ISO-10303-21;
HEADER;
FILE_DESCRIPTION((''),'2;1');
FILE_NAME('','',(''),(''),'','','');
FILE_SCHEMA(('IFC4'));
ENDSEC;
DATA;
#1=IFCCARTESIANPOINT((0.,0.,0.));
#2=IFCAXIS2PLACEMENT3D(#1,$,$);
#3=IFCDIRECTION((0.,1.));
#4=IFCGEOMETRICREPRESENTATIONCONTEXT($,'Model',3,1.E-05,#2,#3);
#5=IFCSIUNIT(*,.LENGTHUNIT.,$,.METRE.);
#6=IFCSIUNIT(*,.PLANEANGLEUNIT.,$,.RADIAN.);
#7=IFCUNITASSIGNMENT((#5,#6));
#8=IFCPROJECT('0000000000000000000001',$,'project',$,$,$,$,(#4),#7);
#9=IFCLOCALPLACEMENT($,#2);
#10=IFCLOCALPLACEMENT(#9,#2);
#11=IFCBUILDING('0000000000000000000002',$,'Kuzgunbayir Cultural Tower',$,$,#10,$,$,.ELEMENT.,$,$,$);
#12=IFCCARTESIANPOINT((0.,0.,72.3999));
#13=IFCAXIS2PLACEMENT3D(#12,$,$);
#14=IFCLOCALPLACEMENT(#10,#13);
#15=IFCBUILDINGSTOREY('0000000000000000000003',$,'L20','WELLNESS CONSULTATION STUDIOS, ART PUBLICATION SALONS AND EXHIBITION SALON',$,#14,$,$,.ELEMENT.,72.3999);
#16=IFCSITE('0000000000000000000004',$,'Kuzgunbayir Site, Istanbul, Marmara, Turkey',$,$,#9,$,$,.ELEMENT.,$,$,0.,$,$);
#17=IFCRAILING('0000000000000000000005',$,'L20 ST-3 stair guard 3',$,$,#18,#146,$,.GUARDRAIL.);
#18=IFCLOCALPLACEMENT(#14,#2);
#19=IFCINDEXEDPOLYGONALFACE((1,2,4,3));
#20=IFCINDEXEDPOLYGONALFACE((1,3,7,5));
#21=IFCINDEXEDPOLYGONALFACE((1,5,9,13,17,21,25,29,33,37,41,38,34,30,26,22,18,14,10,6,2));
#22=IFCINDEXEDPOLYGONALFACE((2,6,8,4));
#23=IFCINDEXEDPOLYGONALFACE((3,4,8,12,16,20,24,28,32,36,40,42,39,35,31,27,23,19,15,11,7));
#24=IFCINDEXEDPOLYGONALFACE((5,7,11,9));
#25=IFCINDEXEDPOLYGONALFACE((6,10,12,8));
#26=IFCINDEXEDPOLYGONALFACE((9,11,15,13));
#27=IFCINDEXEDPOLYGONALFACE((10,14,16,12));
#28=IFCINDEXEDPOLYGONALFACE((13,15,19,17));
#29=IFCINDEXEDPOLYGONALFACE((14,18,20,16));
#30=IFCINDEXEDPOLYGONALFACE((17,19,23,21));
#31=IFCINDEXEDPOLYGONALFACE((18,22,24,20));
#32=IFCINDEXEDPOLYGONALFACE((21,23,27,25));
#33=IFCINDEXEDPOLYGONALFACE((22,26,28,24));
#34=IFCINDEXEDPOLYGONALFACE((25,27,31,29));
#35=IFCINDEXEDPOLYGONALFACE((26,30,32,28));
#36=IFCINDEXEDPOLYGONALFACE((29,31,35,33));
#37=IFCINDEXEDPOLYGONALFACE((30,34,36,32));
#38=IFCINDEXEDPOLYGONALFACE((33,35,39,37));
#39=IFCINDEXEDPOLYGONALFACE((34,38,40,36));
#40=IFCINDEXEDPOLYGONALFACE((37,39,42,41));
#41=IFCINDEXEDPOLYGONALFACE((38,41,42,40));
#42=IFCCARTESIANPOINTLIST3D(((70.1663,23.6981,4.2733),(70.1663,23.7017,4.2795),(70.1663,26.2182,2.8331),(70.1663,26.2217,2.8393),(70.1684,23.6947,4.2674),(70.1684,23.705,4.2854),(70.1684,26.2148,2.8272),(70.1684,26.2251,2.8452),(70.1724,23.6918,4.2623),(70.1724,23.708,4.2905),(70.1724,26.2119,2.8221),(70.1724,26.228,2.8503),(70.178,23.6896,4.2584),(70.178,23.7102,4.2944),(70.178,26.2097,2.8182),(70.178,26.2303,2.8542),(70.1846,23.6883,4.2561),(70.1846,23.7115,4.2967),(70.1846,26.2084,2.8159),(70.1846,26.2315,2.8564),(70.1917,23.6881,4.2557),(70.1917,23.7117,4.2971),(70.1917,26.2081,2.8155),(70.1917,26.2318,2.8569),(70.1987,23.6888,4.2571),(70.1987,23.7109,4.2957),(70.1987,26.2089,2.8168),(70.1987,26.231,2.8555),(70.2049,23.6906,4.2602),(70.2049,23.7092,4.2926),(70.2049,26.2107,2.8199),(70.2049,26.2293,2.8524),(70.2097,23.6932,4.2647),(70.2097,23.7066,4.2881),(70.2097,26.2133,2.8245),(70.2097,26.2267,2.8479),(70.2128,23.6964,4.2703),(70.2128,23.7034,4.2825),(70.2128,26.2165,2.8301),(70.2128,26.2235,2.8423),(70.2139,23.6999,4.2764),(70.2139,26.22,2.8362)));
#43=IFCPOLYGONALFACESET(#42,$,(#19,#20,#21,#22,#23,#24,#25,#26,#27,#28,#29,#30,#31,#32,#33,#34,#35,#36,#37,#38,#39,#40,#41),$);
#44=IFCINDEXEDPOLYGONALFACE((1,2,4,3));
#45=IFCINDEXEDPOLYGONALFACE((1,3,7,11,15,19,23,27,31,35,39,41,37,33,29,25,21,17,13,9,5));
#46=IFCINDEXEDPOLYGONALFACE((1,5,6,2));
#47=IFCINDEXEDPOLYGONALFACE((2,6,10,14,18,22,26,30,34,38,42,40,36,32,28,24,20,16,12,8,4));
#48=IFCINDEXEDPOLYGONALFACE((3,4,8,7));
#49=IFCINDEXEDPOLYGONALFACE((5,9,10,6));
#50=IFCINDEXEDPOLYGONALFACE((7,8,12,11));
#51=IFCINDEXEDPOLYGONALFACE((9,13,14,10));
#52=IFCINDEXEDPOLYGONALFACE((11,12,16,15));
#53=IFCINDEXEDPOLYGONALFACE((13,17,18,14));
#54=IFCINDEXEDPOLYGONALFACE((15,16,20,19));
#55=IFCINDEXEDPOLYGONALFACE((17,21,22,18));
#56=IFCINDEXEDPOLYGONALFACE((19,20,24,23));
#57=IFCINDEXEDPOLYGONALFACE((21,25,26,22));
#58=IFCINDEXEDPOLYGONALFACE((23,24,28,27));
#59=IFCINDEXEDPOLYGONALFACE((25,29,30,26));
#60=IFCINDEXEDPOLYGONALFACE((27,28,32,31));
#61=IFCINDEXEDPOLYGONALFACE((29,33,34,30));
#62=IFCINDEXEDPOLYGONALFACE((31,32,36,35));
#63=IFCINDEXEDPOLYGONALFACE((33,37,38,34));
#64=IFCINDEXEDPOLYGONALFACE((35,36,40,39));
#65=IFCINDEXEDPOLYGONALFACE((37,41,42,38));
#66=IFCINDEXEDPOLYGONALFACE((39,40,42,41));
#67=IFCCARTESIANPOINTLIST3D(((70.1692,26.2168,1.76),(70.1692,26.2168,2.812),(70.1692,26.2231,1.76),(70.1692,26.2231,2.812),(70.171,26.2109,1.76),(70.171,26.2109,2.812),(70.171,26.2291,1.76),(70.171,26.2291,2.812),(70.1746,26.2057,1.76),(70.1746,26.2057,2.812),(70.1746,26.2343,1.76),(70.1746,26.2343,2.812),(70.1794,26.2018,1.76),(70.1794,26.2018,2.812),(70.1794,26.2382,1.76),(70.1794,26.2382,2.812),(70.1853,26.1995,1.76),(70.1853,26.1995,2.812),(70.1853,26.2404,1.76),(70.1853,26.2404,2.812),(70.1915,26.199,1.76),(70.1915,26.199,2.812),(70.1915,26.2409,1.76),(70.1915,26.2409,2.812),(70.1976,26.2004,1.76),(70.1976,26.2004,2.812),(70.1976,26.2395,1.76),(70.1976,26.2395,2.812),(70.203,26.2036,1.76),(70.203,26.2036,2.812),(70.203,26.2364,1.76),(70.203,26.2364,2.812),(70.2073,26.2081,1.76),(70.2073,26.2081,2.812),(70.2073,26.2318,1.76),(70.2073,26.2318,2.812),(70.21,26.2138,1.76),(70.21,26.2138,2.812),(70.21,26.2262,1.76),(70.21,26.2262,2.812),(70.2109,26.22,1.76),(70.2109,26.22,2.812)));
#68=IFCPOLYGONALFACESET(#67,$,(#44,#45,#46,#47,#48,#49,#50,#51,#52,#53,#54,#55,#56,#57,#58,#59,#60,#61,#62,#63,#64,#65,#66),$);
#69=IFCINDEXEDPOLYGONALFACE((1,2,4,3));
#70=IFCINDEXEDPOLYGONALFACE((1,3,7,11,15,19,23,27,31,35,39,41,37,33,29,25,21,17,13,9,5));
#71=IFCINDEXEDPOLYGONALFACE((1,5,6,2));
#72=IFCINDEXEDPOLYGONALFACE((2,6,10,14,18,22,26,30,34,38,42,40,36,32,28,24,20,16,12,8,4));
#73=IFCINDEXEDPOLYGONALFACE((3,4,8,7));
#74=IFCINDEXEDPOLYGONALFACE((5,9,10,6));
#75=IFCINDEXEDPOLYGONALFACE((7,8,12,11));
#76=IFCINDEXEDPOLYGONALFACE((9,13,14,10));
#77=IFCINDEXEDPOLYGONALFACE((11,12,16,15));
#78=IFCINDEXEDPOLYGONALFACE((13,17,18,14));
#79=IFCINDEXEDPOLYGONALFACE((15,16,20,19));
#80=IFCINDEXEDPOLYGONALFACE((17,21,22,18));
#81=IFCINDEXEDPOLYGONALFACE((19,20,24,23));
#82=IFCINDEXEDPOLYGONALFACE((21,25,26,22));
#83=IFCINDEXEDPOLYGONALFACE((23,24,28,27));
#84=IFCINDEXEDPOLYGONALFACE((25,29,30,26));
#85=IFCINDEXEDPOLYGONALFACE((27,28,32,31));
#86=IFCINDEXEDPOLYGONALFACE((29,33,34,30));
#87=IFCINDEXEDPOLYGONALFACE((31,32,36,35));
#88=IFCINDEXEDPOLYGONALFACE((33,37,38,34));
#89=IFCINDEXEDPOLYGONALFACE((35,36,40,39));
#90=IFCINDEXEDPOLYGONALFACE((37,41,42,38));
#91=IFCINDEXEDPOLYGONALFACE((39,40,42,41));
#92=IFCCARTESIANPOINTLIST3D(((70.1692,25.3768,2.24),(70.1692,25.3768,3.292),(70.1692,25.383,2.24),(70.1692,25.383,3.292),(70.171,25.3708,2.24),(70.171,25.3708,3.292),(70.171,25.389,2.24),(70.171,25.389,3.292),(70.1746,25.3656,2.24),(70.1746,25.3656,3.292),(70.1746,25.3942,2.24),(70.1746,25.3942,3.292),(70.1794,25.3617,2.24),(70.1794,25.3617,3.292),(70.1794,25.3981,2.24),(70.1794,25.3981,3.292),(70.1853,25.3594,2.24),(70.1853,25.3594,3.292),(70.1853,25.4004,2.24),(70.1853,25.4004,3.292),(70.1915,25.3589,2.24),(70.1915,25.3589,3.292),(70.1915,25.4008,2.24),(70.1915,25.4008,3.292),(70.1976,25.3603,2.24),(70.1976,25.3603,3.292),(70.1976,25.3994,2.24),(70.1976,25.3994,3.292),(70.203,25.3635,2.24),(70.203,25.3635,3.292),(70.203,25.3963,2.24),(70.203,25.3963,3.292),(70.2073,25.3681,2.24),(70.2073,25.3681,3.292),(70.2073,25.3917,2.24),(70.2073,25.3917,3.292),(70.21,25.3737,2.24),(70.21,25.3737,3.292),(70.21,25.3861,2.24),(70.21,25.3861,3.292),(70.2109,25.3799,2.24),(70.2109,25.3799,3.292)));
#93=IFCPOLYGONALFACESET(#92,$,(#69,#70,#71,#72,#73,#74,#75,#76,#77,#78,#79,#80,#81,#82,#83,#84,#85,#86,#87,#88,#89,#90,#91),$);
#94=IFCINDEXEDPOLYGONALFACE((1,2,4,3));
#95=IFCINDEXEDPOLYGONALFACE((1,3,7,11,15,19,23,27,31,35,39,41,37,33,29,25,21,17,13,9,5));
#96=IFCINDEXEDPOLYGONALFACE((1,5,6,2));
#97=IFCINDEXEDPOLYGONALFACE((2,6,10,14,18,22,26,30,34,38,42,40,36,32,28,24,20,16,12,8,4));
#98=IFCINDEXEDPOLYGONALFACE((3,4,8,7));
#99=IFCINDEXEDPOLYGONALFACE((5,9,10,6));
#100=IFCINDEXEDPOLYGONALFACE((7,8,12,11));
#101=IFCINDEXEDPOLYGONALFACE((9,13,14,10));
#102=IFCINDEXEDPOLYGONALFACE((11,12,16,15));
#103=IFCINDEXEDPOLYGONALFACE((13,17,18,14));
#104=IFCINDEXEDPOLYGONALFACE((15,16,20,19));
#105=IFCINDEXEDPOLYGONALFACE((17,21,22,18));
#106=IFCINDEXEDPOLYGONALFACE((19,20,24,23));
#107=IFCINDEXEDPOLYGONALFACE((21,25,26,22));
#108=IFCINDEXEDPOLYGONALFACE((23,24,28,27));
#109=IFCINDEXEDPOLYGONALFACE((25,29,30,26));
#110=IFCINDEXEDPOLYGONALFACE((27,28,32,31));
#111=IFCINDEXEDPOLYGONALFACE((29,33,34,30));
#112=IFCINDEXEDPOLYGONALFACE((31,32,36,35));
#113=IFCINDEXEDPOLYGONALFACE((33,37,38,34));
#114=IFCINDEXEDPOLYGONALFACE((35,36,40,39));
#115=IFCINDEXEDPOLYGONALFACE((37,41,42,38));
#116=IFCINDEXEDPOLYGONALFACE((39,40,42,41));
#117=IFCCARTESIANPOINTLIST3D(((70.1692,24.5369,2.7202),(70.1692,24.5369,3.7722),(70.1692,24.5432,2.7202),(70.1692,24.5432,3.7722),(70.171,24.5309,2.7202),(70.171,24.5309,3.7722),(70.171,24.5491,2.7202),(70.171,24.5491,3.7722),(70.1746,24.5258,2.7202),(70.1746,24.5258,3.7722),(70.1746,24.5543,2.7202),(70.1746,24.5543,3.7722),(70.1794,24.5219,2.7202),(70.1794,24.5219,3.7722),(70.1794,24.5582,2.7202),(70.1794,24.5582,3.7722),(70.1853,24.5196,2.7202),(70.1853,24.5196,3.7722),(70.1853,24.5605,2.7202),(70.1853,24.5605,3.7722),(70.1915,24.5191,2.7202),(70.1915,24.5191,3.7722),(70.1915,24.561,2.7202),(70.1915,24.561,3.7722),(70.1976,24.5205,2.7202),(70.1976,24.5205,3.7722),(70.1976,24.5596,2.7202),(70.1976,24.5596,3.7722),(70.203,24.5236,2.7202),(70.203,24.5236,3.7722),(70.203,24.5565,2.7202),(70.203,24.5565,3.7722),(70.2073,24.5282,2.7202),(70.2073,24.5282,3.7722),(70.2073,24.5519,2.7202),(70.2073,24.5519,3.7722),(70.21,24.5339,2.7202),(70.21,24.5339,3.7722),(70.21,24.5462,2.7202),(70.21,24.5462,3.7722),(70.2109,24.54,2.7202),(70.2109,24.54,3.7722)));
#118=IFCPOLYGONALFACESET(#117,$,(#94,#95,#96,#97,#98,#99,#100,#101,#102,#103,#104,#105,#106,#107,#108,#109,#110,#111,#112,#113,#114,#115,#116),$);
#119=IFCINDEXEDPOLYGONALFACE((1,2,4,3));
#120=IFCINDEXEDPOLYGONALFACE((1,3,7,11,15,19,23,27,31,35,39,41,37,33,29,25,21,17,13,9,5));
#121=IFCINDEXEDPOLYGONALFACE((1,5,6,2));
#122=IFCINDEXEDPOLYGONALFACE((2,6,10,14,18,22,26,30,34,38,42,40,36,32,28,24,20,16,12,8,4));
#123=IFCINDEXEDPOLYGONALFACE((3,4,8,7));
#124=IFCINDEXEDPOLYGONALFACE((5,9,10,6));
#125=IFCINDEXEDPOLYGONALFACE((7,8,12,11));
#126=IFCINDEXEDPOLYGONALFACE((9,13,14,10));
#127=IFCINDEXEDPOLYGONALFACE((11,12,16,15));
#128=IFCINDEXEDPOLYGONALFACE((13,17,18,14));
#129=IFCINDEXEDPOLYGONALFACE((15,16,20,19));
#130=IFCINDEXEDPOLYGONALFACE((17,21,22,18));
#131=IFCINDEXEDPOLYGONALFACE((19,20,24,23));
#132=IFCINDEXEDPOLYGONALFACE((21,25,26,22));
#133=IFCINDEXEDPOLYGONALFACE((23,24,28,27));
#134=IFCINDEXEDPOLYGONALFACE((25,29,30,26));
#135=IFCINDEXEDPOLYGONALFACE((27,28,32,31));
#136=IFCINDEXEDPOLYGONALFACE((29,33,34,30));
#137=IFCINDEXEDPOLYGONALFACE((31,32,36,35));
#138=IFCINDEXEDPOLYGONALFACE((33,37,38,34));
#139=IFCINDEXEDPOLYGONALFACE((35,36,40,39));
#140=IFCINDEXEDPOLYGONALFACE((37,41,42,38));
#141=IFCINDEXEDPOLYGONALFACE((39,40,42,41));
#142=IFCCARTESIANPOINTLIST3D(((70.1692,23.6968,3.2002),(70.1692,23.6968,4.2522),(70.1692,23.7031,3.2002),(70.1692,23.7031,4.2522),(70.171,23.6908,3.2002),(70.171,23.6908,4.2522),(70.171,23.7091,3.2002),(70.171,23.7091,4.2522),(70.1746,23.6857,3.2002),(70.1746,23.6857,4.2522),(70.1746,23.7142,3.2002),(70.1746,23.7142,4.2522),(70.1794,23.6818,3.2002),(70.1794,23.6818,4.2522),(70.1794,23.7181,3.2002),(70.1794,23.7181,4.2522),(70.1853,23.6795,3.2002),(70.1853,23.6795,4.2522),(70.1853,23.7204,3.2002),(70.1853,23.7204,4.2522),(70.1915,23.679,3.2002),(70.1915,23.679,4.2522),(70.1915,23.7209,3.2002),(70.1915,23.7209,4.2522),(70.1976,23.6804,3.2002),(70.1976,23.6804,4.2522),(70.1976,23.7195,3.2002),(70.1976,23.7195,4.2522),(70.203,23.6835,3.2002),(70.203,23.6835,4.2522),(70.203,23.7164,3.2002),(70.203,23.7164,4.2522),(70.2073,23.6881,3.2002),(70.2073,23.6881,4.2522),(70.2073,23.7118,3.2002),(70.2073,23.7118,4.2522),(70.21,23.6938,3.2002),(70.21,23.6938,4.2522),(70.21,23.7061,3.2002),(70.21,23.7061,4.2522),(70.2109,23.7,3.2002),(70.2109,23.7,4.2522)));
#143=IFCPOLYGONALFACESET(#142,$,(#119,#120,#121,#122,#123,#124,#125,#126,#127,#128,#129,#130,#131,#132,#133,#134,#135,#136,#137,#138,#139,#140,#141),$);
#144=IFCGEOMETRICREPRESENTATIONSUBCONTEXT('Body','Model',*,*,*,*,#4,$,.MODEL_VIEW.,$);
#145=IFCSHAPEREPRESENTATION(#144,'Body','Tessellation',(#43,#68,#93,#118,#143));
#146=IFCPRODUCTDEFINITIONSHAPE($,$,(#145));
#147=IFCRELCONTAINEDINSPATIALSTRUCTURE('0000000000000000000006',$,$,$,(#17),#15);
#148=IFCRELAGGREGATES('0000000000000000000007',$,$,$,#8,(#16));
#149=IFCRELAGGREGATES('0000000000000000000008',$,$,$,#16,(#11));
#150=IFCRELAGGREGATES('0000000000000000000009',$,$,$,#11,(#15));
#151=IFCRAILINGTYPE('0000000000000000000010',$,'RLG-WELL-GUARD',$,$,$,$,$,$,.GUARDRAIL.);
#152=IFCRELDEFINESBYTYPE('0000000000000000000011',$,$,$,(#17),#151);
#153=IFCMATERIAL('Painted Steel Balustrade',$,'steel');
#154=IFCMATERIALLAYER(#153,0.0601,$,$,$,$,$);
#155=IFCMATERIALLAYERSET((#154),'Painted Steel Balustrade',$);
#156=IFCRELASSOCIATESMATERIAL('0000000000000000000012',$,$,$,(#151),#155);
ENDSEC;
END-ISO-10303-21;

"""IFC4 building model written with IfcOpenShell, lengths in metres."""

from ifc_helpers import new_model, si_unit, direction, frame, origin, origin_2d, place, context, subcontext, project, spatial, circle, extrude, material, layer, layer_set, type_object, element, save


model = new_model("IFC4")

# Units and contexts
model_context = context("Model", 3, precision=1e-05, world=origin(), true_north=direction((0.0, 1.0)))
body_context = subcontext(model_context, "Body", "Model", "MODEL_VIEW")
ifc_project = project(units=[si_unit("LENGTHUNIT", "METRE"), si_unit("PLANEANGLEUNIT", "RADIAN")], contexts=[model_context])

# Site, building, storey
site_placement = place(None, origin())
site = spatial("IfcSite", under=ifc_project, at=site_placement, Name="Kuzgunbayir Site, Istanbul, Marmara, Turkey", CompositionType="ELEMENT", RefElevation=0.0)
building_placement = place(site_placement, origin())
building = spatial("IfcBuilding", under=site, at=building_placement, Name="Kuzgunbayir Cultural Tower", CompositionType="ELEMENT")
storey_placement = place(building_placement, frame((0.0, 0.0, 72.3999)))
storey = spatial("IfcBuildingStorey", under=building, at=storey_placement, Name="L20", Description="WELLNESS CONSULTATION STUDIOS, ART PUBLICATION SALONS AND EXHIBITION SALON", CompositionType="ELEMENT", Elevation=72.3999)

# Railing
ifc_material_1 = material(Name="Painted Steel Balustrade", Category="steel")
ifc_layer_1 = layer(ifc_material_1, 0.0601)
ifc_layer_set_1 = layer_set([ifc_layer_1], Name="Painted Steel Balustrade")
railing_type_1 = type_object("IfcRailingType", Name="RLG-WELL-GUARD", PredefinedType="GUARDRAIL", material=ifc_layer_set_1)
railing_1_placement = place(storey_placement, frame((70.1899, 26.22, 1.76)))
element("IfcRailing", 1, at=railing_1_placement, inside=storey, type_object=railing_type_1, Name="L20 ST-3 stair guard 3", PredefinedType="GUARDRAIL", context=body_context, shape_type="SweptSolid", body=[
    extrude(circle(Radius=0.0239, at=origin_2d()), frame((0.0, 0.0, 1.0762), z_axis=(0.0, -0.868217, 0.496184), x_axis=(1.0, 0.0, 0.0)), (0.0, 0.0, 1.0), 2.9026),
    extrude(circle(Radius=0.021, at=origin_2d()), origin(), (0.0, 0.0, 1.0), 1.052),
    extrude(circle(Radius=0.021, at=origin_2d()), frame((0.0, -0.8401, 0.48)), (0.0, 0.0, 1.0), 1.052),
    extrude(circle(Radius=0.021, at=origin_2d()), frame((0.0, -1.6799, 0.9602)), (0.0, 0.0, 1.0), 1.052),
    extrude(circle(Radius=0.021, at=origin_2d()), frame((0.0, -2.52, 1.4402)), (0.0, 0.0, 1.0), 1.052),
])

save(model, "model.ifc")
